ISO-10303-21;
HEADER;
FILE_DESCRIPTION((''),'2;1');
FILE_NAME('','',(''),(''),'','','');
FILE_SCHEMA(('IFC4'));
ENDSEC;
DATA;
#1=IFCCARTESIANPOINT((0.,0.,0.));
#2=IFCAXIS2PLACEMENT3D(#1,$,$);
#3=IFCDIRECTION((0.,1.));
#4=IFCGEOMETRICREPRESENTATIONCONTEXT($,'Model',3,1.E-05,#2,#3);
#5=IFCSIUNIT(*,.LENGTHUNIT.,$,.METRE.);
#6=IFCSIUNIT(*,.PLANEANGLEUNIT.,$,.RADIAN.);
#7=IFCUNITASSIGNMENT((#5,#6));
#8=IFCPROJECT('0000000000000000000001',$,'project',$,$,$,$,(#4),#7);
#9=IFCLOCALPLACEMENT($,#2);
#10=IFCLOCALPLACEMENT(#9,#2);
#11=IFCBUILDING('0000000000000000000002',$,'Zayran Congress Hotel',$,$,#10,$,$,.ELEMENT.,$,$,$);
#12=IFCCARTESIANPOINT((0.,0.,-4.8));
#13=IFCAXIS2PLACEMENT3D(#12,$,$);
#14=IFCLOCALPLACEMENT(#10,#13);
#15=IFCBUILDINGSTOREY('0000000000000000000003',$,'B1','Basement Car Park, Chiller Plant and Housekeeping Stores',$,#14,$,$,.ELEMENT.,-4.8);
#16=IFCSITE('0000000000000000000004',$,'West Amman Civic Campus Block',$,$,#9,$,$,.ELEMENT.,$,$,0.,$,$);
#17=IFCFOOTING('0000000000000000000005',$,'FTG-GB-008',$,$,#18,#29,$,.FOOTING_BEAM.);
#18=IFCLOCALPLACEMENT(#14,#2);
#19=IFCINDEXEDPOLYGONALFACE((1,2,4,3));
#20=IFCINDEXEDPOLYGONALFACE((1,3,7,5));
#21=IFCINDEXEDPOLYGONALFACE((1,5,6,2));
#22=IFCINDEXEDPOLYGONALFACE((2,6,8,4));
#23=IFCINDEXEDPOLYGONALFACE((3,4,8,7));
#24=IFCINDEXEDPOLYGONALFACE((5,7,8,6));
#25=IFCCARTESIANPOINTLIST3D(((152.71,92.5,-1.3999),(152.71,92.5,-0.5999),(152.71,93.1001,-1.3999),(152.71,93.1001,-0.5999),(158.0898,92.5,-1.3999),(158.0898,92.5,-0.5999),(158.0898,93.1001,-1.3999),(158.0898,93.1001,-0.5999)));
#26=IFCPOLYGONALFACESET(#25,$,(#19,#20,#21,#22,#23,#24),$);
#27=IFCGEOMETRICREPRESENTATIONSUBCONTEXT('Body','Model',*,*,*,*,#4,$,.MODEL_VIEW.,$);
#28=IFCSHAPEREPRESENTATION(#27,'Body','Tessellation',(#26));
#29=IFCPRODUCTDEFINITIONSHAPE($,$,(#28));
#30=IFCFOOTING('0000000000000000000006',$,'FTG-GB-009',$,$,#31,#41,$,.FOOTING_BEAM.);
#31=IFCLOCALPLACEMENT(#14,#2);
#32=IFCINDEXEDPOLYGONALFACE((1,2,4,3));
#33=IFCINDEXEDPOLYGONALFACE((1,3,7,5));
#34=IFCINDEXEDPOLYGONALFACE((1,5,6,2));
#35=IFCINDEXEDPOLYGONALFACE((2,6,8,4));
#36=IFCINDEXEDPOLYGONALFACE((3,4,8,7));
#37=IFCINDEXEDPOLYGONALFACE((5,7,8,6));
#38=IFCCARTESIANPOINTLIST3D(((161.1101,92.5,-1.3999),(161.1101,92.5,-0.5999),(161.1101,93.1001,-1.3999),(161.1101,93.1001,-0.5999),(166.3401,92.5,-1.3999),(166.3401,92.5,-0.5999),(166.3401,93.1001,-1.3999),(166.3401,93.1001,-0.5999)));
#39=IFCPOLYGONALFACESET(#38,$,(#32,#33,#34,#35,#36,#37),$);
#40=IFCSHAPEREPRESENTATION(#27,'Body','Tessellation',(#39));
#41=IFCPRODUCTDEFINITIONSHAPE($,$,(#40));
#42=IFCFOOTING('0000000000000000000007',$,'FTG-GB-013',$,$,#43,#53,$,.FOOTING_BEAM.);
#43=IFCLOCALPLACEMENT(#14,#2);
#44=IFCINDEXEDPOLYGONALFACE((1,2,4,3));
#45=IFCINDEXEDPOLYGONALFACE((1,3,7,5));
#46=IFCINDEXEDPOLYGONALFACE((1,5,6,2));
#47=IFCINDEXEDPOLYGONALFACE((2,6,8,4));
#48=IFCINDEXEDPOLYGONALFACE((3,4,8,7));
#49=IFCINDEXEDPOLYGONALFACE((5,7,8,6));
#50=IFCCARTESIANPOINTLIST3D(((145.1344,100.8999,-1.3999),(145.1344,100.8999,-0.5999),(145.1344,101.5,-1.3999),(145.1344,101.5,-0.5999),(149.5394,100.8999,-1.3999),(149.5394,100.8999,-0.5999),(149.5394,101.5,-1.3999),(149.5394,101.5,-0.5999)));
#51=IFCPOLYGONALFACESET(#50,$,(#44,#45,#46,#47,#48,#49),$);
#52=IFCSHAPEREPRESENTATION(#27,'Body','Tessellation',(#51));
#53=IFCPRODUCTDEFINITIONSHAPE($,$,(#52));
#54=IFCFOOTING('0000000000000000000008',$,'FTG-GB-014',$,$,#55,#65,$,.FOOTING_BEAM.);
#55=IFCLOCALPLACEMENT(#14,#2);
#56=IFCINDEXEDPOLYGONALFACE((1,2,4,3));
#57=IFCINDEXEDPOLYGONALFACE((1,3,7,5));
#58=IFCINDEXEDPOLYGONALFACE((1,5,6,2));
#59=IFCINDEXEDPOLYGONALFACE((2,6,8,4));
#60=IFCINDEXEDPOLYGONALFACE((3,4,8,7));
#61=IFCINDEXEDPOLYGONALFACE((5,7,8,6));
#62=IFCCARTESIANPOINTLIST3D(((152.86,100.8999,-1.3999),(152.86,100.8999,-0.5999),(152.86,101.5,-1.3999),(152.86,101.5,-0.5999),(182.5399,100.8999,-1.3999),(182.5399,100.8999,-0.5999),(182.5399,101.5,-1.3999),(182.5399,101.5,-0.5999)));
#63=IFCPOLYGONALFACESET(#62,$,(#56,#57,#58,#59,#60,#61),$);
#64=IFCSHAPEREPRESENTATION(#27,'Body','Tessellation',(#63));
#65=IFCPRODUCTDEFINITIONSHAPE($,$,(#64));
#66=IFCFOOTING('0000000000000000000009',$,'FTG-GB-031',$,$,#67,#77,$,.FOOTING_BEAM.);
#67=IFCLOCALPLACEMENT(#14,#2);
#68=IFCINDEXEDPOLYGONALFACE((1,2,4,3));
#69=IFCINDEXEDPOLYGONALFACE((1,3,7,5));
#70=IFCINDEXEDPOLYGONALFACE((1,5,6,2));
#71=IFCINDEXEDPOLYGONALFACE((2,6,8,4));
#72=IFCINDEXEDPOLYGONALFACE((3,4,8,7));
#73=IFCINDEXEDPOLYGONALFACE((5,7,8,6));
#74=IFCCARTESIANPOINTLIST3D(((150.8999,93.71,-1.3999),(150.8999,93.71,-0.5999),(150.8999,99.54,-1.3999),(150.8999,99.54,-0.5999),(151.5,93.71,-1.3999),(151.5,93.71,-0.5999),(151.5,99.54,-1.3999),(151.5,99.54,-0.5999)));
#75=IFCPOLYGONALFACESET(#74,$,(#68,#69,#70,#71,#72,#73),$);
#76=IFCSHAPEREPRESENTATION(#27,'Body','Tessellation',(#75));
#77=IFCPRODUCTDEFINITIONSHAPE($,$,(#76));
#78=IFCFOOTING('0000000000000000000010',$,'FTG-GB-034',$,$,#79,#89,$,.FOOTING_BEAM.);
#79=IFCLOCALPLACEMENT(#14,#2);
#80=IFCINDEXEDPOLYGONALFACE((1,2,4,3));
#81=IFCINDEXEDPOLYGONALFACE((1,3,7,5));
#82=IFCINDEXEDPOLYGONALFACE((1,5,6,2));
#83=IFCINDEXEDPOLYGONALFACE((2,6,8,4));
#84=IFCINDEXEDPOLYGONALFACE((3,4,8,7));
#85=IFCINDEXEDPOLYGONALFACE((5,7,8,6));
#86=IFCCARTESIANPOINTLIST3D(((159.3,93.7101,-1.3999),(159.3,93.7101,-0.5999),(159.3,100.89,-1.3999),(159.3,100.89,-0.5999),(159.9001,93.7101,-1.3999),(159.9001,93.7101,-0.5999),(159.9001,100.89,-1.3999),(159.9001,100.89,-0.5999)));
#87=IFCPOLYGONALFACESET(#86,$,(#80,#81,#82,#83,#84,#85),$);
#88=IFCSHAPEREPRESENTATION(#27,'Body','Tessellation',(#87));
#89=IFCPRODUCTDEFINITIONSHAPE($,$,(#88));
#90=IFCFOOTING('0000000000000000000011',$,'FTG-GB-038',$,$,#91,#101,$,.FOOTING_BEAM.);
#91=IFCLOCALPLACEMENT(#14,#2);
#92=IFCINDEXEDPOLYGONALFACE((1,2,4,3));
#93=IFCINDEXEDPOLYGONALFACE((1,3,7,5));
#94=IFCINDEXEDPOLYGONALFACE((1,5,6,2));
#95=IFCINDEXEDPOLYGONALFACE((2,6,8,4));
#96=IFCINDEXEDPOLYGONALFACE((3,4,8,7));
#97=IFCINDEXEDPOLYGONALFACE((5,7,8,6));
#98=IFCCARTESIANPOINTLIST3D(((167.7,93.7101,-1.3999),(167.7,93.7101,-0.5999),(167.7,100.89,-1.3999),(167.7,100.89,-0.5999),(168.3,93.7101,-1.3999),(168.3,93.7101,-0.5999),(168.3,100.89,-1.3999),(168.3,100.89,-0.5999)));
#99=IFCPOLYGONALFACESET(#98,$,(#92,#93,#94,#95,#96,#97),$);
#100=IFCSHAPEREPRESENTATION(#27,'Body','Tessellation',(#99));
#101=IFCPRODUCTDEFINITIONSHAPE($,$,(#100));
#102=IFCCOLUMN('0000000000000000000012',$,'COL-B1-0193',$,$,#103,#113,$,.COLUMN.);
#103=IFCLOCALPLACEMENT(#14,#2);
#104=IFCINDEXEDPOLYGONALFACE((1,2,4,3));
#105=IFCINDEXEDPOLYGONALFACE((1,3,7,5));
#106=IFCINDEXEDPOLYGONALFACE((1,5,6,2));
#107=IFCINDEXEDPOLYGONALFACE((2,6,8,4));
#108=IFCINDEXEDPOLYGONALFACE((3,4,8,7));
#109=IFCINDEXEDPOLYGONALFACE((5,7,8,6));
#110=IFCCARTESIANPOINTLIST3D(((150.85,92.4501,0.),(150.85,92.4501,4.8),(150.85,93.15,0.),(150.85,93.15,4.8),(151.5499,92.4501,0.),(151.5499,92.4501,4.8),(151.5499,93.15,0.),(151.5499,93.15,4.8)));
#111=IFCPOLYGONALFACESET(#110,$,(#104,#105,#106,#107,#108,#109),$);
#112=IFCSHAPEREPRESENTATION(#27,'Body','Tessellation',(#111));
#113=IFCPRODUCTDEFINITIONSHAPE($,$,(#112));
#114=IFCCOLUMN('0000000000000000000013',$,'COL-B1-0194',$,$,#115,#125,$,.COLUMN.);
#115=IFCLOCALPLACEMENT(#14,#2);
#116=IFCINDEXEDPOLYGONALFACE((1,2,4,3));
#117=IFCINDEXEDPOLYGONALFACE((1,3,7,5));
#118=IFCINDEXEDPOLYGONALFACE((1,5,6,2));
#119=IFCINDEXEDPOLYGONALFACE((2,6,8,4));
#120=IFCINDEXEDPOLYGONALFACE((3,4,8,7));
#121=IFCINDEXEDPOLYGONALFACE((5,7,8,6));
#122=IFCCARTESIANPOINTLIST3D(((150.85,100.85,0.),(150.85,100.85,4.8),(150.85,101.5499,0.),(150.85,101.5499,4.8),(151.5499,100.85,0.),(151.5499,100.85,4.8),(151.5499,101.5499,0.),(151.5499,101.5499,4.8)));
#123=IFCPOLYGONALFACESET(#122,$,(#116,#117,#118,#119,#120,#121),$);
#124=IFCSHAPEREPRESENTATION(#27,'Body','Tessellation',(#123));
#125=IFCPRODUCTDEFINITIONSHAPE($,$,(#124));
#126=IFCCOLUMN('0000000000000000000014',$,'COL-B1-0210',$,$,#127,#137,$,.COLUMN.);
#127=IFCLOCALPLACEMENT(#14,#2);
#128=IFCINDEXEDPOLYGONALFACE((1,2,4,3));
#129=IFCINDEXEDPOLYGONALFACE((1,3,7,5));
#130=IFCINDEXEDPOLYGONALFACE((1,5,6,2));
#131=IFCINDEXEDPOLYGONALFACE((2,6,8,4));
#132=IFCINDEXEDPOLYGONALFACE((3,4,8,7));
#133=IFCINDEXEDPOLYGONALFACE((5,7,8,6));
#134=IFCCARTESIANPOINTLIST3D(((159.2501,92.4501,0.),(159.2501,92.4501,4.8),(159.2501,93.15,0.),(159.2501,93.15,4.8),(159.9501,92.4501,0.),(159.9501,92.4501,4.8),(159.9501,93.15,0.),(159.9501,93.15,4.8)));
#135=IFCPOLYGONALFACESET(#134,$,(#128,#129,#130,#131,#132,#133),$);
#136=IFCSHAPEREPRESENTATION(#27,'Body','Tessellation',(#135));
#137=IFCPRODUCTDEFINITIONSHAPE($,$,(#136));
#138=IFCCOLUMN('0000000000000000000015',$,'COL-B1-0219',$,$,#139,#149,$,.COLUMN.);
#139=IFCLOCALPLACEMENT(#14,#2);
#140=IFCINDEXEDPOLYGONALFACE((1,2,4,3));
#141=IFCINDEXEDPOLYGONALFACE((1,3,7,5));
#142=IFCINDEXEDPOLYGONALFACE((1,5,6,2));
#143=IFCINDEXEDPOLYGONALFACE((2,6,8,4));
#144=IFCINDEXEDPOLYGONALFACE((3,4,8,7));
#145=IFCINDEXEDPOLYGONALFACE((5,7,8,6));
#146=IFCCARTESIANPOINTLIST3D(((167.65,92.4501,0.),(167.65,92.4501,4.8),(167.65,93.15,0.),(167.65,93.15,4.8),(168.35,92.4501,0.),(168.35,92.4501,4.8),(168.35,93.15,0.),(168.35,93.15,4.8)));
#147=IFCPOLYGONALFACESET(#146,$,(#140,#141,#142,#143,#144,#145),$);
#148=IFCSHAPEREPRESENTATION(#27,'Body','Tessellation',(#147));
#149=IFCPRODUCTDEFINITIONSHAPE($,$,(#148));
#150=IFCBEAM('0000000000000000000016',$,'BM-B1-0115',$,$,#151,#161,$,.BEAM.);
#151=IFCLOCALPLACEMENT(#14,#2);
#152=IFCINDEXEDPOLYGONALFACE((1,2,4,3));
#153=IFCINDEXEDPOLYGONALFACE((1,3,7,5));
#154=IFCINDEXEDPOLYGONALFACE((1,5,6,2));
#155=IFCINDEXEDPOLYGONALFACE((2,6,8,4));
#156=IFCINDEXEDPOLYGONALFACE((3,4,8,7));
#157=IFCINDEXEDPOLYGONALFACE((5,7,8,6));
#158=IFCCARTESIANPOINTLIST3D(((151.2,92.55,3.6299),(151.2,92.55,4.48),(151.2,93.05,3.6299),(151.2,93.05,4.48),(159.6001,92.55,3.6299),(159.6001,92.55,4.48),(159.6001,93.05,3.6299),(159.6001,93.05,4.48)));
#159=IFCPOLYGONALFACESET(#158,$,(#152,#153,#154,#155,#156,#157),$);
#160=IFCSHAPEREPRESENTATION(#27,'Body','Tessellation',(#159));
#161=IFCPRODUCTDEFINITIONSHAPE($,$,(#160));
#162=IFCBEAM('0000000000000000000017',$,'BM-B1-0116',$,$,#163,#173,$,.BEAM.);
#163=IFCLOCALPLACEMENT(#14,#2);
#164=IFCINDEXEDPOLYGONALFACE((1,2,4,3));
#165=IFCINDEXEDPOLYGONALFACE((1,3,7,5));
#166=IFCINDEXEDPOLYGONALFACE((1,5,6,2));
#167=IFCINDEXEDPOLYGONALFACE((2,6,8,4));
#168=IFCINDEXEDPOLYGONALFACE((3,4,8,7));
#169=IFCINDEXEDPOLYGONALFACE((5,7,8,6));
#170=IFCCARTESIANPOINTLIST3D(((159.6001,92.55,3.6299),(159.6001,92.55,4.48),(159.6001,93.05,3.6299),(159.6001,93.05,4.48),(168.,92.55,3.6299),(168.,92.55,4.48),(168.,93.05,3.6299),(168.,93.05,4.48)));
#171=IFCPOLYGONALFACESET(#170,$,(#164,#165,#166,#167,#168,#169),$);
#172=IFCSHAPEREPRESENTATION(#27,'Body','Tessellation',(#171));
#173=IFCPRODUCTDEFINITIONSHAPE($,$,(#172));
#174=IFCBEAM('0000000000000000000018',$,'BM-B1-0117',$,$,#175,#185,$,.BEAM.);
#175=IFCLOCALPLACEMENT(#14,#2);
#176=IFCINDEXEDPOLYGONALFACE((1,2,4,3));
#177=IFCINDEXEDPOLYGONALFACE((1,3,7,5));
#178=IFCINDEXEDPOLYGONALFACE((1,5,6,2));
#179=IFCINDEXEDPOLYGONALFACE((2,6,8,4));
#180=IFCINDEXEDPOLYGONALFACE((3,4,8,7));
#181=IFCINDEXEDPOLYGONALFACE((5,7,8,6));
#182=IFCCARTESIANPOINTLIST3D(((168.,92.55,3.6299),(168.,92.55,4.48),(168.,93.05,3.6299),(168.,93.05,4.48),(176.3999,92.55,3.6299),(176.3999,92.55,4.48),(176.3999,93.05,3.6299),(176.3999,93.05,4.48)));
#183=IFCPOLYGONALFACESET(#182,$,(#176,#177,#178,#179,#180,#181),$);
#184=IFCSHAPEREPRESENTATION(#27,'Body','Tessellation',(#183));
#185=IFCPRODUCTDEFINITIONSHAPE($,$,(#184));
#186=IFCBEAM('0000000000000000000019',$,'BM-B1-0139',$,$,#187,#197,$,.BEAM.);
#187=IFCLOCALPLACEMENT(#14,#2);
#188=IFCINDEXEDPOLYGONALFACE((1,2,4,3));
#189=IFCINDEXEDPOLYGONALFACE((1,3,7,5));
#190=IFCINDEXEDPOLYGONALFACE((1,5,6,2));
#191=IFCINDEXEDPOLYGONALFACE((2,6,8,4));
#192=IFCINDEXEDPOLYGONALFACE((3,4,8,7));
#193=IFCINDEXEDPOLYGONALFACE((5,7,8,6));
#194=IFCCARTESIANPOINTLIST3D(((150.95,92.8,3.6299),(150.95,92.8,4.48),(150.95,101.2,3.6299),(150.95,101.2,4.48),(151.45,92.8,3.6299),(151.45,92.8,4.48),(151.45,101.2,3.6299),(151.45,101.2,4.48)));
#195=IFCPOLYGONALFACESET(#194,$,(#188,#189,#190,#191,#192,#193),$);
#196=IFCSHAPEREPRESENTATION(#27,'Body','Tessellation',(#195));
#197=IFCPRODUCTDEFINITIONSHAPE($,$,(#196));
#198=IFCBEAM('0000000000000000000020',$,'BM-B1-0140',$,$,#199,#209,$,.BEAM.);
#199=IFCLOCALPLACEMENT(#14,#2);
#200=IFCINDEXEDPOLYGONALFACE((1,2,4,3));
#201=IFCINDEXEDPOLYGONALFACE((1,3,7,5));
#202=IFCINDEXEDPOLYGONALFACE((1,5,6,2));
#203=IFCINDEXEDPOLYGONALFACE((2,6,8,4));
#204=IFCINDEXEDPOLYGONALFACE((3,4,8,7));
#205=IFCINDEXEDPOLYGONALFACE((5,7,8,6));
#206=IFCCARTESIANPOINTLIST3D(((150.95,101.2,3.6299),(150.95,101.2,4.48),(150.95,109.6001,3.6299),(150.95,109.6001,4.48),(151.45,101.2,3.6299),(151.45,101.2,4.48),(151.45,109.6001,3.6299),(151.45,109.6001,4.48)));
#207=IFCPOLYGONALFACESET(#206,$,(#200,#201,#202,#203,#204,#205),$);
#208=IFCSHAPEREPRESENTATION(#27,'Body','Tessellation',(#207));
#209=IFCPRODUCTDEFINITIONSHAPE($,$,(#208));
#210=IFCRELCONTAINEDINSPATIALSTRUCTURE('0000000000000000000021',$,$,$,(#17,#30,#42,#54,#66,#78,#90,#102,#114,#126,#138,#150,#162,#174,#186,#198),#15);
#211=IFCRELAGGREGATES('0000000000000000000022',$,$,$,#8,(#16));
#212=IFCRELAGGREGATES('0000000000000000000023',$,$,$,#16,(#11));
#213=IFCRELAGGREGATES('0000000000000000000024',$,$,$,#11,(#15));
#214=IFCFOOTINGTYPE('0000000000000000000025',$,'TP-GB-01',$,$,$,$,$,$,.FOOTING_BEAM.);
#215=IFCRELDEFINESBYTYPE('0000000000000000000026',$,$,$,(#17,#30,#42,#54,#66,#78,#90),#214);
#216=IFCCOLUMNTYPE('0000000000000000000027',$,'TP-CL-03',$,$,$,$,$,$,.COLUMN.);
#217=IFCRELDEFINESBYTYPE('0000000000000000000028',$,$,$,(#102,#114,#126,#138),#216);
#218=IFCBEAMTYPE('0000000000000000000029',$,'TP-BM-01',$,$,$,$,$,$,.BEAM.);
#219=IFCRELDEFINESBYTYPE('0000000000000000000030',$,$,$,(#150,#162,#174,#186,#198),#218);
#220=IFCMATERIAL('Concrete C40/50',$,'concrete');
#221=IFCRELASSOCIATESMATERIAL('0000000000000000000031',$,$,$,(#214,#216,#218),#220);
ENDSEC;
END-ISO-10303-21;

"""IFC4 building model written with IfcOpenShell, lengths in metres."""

from ifc_helpers import new_model, si_unit, direction, frame, origin, origin_2d, place, context, subcontext, project, spatial, rectangle, extrude, material, material_profile, profile_set, type_object, element, save


model = new_model("IFC4")

# Units and contexts
model_context = context("Model", 3, precision=1e-05, world=origin(), true_north=direction((0.0, 1.0)))
body_context = subcontext(model_context, "Body", "Model", "MODEL_VIEW")
ifc_project = project(units=[si_unit("LENGTHUNIT", "METRE"), si_unit("PLANEANGLEUNIT", "RADIAN")], contexts=[model_context])

# Site, building, storey
site_placement = place(None, origin())
site = spatial("IfcSite", under=ifc_project, at=site_placement, Name="West Amman Civic Campus Block", CompositionType="ELEMENT", RefElevation=0.0)
building_placement = place(site_placement, origin())
building = spatial("IfcBuilding", under=site, at=building_placement, Name="Zayran Congress Hotel", CompositionType="ELEMENT")
storey_placement = place(building_placement, frame((0.0, 0.0, -4.8)))
storey = spatial("IfcBuildingStorey", under=building, at=storey_placement, Name="B1", Description="Basement Car Park, Chiller Plant and Housekeeping Stores", CompositionType="ELEMENT", Elevation=-4.8)

# Shared definitions
ifc_material_1 = material(Name="Concrete C40/50", Category="concrete")

# Footings
footing_type_1 = type_object("IfcFootingType", Name="TP-GB-01", PredefinedType="FOOTING_BEAM", material=ifc_material_1)
footing_1_placement = place(storey_placement, frame((155.3999, 92.8, -1.3999), z_axis=(0.0, 0.0, 1.0), x_axis=(1.0, 0.0, 0.0)))
element("IfcFooting", 1, at=footing_1_placement, inside=storey, type_object=footing_type_1, Name="FTG-GB-008", PredefinedType="FOOTING_BEAM", context=body_context, shape_type="SweptSolid", body=[
    extrude(rectangle(XDim=5.3799, YDim=0.6001, at=origin_2d()), origin(), (0.0, 0.0, 1.0), 0.8),
])
footing_2_placement = place(storey_placement, frame((163.7251, 92.8, -1.3999), z_axis=(0.0, 0.0, 1.0), x_axis=(1.0, 0.0, 0.0)))
element("IfcFooting", 2, at=footing_2_placement, inside=storey, type_object=footing_type_1, Name="FTG-GB-009", PredefinedType="FOOTING_BEAM", context=body_context, shape_type="SweptSolid", body=[
    extrude(rectangle(XDim=5.23, YDim=0.6001, at=origin_2d()), origin(), (0.0, 0.0, 1.0), 0.8),
])
footing_3_placement = place(storey_placement, frame((147.3369, 101.2, -1.3999), z_axis=(0.0, 0.0, 1.0), x_axis=(1.0, 0.0, 0.0)))
element("IfcFooting", 3, at=footing_3_placement, inside=storey, type_object=footing_type_1, Name="FTG-GB-013", PredefinedType="FOOTING_BEAM", context=body_context, shape_type="SweptSolid", body=[
    extrude(rectangle(XDim=4.405, YDim=0.6001, at=origin_2d()), origin(), (0.0, 0.0, 1.0), 0.8),
])
footing_4_placement = place(storey_placement, frame((167.7, 101.2, -1.3999), z_axis=(0.0, 0.0, 1.0), x_axis=(1.0, 0.0, 0.0)))
element("IfcFooting", 4, at=footing_4_placement, inside=storey, type_object=footing_type_1, Name="FTG-GB-014", PredefinedType="FOOTING_BEAM", context=body_context, shape_type="SweptSolid", body=[
    extrude(rectangle(XDim=29.6799, YDim=0.6001, at=origin_2d()), origin(), (0.0, 0.0, 1.0), 0.8),
])
footing_5_placement = place(storey_placement, frame((151.2, 96.625, -1.3999), z_axis=(0.0, 0.0, 1.0), x_axis=(0.0, 1.0, 0.0)))
element("IfcFooting", 5, at=footing_5_placement, inside=storey, type_object=footing_type_1, Name="FTG-GB-031", PredefinedType="FOOTING_BEAM", context=body_context, shape_type="SweptSolid", body=[
    extrude(rectangle(XDim=5.8301, YDim=0.6001, at=origin_2d()), origin(), (0.0, 0.0, 1.0), 0.8),
])
for number, where, z_axis, x_axis, name in (
    (6, (159.6001, 97.3, -1.3999), (0.0, 0.0, 1.0), (0.0, 1.0, 0.0), "FTG-GB-034"),
    (7, (168.0, 97.3, -1.3999), (0.0, 0.0, 1.0), (0.0, 1.0, 0.0), "FTG-GB-038"),
):
    element("IfcFooting", number, at=place(storey_placement, frame(where, z_axis=z_axis, x_axis=x_axis)), inside=storey, type_object=footing_type_1, Name=name, PredefinedType="FOOTING_BEAM", context=body_context, shape_type="SweptSolid", body=[
        extrude(rectangle(XDim=7.1799, YDim=0.6001, at=origin_2d()), origin(), (0.0, 0.0, 1.0), 0.8),
    ])

# Columns
ifc_material_profile_1 = material_profile(ifc_material_1, rectangle(XDim=0.7, YDim=0.7, at=origin_2d()), Name="RC 700x700")
ifc_profile_set_1 = profile_set([ifc_material_profile_1], Name="Concrete C40/50")
column_type = type_object("IfcColumnType", Name="TP-CL-03", PredefinedType="COLUMN", material=ifc_profile_set_1)
for number, where, z_axis, x_axis, name in (
    (8, (151.2, 92.8, 0.0), (0.0, 0.0, 1.0), (1.0, 0.0, 0.0), "COL-B1-0193"),
    (9, (151.2, 101.2, 0.0), (0.0, 0.0, 1.0), (1.0, 0.0, 0.0), "COL-B1-0194"),
    (10, (159.6001, 92.8, 0.0), (0.0, 0.0, 1.0), (1.0, 0.0, 0.0), "COL-B1-0210"),
    (11, (168.0, 92.8, 0.0), (0.0, 0.0, 1.0), (1.0, 0.0, 0.0), "COL-B1-0219"),
):
    element("IfcColumn", number, at=place(storey_placement, frame(where, z_axis=z_axis, x_axis=x_axis)), inside=storey, type_object=column_type, Name=name, PredefinedType="COLUMN", context=body_context, shape_type="SweptSolid", body=[
        extrude(rectangle(XDim=0.7, YDim=0.7, at=origin_2d()), origin(), (0.0, 0.0, 1.0), 4.8),
    ])

# Beams
ifc_material_profile_2 = material_profile(ifc_material_1, rectangle(XDim=0.5, YDim=0.8501, at=origin_2d()), Name="RC 500x850")
ifc_profile_set_2 = profile_set([ifc_material_profile_2], Name="Concrete C40/50")
beam_type = type_object("IfcBeamType", Name="TP-BM-01", PredefinedType="BEAM", material=ifc_profile_set_2)
beam_1_placement = place(storey_placement, frame((151.2, 92.8, 4.0549), z_axis=(1.0, 0.0, 0.0), x_axis=(0.0, 1.0, 0.0)))
element("IfcBeam", 12, at=beam_1_placement, inside=storey, type_object=beam_type, Name="BM-B1-0115", PredefinedType="BEAM", context=body_context, shape_type="SweptSolid", body=[
    extrude(rectangle(XDim=0.5, YDim=0.8501, at=origin_2d()), origin(), (0.0, 0.0, 1.0), 8.4001),
])
for number, where, z_axis, x_axis, name in (
    (13, (159.6001, 92.8, 4.0549), (1.0, 0.0, 0.0), (0.0, 1.0, 0.0), "BM-B1-0116"),
    (14, (168.0, 92.8, 4.0549), (1.0, 0.0, 0.0), (0.0, 1.0, 0.0), "BM-B1-0117"),
    (15, (151.2, 92.8, 4.0549), (0.0, 1.0, 0.0), (-1.0, 0.0, 0.0), "BM-B1-0139"),
):
    element("IfcBeam", number, at=place(storey_placement, frame(where, z_axis=z_axis, x_axis=x_axis)), inside=storey, type_object=beam_type, Name=name, PredefinedType="BEAM", context=body_context, shape_type="SweptSolid", body=[
        extrude(rectangle(XDim=0.5, YDim=0.8501, at=origin_2d()), origin(), (0.0, 0.0, 1.0), 8.3999),
    ])
beam_2_placement = place(storey_placement, frame((151.2, 101.2, 4.0549), z_axis=(0.0, 1.0, 0.0), x_axis=(-1.0, 0.0, 0.0)))
element("IfcBeam", 16, at=beam_2_placement, inside=storey, type_object=beam_type, Name="BM-B1-0140", PredefinedType="BEAM", context=body_context, shape_type="SweptSolid", body=[
    extrude(rectangle(XDim=0.5, YDim=0.8501, at=origin_2d()), origin(), (0.0, 0.0, 1.0), 8.4001),
])

save(model, "model.ifc")
